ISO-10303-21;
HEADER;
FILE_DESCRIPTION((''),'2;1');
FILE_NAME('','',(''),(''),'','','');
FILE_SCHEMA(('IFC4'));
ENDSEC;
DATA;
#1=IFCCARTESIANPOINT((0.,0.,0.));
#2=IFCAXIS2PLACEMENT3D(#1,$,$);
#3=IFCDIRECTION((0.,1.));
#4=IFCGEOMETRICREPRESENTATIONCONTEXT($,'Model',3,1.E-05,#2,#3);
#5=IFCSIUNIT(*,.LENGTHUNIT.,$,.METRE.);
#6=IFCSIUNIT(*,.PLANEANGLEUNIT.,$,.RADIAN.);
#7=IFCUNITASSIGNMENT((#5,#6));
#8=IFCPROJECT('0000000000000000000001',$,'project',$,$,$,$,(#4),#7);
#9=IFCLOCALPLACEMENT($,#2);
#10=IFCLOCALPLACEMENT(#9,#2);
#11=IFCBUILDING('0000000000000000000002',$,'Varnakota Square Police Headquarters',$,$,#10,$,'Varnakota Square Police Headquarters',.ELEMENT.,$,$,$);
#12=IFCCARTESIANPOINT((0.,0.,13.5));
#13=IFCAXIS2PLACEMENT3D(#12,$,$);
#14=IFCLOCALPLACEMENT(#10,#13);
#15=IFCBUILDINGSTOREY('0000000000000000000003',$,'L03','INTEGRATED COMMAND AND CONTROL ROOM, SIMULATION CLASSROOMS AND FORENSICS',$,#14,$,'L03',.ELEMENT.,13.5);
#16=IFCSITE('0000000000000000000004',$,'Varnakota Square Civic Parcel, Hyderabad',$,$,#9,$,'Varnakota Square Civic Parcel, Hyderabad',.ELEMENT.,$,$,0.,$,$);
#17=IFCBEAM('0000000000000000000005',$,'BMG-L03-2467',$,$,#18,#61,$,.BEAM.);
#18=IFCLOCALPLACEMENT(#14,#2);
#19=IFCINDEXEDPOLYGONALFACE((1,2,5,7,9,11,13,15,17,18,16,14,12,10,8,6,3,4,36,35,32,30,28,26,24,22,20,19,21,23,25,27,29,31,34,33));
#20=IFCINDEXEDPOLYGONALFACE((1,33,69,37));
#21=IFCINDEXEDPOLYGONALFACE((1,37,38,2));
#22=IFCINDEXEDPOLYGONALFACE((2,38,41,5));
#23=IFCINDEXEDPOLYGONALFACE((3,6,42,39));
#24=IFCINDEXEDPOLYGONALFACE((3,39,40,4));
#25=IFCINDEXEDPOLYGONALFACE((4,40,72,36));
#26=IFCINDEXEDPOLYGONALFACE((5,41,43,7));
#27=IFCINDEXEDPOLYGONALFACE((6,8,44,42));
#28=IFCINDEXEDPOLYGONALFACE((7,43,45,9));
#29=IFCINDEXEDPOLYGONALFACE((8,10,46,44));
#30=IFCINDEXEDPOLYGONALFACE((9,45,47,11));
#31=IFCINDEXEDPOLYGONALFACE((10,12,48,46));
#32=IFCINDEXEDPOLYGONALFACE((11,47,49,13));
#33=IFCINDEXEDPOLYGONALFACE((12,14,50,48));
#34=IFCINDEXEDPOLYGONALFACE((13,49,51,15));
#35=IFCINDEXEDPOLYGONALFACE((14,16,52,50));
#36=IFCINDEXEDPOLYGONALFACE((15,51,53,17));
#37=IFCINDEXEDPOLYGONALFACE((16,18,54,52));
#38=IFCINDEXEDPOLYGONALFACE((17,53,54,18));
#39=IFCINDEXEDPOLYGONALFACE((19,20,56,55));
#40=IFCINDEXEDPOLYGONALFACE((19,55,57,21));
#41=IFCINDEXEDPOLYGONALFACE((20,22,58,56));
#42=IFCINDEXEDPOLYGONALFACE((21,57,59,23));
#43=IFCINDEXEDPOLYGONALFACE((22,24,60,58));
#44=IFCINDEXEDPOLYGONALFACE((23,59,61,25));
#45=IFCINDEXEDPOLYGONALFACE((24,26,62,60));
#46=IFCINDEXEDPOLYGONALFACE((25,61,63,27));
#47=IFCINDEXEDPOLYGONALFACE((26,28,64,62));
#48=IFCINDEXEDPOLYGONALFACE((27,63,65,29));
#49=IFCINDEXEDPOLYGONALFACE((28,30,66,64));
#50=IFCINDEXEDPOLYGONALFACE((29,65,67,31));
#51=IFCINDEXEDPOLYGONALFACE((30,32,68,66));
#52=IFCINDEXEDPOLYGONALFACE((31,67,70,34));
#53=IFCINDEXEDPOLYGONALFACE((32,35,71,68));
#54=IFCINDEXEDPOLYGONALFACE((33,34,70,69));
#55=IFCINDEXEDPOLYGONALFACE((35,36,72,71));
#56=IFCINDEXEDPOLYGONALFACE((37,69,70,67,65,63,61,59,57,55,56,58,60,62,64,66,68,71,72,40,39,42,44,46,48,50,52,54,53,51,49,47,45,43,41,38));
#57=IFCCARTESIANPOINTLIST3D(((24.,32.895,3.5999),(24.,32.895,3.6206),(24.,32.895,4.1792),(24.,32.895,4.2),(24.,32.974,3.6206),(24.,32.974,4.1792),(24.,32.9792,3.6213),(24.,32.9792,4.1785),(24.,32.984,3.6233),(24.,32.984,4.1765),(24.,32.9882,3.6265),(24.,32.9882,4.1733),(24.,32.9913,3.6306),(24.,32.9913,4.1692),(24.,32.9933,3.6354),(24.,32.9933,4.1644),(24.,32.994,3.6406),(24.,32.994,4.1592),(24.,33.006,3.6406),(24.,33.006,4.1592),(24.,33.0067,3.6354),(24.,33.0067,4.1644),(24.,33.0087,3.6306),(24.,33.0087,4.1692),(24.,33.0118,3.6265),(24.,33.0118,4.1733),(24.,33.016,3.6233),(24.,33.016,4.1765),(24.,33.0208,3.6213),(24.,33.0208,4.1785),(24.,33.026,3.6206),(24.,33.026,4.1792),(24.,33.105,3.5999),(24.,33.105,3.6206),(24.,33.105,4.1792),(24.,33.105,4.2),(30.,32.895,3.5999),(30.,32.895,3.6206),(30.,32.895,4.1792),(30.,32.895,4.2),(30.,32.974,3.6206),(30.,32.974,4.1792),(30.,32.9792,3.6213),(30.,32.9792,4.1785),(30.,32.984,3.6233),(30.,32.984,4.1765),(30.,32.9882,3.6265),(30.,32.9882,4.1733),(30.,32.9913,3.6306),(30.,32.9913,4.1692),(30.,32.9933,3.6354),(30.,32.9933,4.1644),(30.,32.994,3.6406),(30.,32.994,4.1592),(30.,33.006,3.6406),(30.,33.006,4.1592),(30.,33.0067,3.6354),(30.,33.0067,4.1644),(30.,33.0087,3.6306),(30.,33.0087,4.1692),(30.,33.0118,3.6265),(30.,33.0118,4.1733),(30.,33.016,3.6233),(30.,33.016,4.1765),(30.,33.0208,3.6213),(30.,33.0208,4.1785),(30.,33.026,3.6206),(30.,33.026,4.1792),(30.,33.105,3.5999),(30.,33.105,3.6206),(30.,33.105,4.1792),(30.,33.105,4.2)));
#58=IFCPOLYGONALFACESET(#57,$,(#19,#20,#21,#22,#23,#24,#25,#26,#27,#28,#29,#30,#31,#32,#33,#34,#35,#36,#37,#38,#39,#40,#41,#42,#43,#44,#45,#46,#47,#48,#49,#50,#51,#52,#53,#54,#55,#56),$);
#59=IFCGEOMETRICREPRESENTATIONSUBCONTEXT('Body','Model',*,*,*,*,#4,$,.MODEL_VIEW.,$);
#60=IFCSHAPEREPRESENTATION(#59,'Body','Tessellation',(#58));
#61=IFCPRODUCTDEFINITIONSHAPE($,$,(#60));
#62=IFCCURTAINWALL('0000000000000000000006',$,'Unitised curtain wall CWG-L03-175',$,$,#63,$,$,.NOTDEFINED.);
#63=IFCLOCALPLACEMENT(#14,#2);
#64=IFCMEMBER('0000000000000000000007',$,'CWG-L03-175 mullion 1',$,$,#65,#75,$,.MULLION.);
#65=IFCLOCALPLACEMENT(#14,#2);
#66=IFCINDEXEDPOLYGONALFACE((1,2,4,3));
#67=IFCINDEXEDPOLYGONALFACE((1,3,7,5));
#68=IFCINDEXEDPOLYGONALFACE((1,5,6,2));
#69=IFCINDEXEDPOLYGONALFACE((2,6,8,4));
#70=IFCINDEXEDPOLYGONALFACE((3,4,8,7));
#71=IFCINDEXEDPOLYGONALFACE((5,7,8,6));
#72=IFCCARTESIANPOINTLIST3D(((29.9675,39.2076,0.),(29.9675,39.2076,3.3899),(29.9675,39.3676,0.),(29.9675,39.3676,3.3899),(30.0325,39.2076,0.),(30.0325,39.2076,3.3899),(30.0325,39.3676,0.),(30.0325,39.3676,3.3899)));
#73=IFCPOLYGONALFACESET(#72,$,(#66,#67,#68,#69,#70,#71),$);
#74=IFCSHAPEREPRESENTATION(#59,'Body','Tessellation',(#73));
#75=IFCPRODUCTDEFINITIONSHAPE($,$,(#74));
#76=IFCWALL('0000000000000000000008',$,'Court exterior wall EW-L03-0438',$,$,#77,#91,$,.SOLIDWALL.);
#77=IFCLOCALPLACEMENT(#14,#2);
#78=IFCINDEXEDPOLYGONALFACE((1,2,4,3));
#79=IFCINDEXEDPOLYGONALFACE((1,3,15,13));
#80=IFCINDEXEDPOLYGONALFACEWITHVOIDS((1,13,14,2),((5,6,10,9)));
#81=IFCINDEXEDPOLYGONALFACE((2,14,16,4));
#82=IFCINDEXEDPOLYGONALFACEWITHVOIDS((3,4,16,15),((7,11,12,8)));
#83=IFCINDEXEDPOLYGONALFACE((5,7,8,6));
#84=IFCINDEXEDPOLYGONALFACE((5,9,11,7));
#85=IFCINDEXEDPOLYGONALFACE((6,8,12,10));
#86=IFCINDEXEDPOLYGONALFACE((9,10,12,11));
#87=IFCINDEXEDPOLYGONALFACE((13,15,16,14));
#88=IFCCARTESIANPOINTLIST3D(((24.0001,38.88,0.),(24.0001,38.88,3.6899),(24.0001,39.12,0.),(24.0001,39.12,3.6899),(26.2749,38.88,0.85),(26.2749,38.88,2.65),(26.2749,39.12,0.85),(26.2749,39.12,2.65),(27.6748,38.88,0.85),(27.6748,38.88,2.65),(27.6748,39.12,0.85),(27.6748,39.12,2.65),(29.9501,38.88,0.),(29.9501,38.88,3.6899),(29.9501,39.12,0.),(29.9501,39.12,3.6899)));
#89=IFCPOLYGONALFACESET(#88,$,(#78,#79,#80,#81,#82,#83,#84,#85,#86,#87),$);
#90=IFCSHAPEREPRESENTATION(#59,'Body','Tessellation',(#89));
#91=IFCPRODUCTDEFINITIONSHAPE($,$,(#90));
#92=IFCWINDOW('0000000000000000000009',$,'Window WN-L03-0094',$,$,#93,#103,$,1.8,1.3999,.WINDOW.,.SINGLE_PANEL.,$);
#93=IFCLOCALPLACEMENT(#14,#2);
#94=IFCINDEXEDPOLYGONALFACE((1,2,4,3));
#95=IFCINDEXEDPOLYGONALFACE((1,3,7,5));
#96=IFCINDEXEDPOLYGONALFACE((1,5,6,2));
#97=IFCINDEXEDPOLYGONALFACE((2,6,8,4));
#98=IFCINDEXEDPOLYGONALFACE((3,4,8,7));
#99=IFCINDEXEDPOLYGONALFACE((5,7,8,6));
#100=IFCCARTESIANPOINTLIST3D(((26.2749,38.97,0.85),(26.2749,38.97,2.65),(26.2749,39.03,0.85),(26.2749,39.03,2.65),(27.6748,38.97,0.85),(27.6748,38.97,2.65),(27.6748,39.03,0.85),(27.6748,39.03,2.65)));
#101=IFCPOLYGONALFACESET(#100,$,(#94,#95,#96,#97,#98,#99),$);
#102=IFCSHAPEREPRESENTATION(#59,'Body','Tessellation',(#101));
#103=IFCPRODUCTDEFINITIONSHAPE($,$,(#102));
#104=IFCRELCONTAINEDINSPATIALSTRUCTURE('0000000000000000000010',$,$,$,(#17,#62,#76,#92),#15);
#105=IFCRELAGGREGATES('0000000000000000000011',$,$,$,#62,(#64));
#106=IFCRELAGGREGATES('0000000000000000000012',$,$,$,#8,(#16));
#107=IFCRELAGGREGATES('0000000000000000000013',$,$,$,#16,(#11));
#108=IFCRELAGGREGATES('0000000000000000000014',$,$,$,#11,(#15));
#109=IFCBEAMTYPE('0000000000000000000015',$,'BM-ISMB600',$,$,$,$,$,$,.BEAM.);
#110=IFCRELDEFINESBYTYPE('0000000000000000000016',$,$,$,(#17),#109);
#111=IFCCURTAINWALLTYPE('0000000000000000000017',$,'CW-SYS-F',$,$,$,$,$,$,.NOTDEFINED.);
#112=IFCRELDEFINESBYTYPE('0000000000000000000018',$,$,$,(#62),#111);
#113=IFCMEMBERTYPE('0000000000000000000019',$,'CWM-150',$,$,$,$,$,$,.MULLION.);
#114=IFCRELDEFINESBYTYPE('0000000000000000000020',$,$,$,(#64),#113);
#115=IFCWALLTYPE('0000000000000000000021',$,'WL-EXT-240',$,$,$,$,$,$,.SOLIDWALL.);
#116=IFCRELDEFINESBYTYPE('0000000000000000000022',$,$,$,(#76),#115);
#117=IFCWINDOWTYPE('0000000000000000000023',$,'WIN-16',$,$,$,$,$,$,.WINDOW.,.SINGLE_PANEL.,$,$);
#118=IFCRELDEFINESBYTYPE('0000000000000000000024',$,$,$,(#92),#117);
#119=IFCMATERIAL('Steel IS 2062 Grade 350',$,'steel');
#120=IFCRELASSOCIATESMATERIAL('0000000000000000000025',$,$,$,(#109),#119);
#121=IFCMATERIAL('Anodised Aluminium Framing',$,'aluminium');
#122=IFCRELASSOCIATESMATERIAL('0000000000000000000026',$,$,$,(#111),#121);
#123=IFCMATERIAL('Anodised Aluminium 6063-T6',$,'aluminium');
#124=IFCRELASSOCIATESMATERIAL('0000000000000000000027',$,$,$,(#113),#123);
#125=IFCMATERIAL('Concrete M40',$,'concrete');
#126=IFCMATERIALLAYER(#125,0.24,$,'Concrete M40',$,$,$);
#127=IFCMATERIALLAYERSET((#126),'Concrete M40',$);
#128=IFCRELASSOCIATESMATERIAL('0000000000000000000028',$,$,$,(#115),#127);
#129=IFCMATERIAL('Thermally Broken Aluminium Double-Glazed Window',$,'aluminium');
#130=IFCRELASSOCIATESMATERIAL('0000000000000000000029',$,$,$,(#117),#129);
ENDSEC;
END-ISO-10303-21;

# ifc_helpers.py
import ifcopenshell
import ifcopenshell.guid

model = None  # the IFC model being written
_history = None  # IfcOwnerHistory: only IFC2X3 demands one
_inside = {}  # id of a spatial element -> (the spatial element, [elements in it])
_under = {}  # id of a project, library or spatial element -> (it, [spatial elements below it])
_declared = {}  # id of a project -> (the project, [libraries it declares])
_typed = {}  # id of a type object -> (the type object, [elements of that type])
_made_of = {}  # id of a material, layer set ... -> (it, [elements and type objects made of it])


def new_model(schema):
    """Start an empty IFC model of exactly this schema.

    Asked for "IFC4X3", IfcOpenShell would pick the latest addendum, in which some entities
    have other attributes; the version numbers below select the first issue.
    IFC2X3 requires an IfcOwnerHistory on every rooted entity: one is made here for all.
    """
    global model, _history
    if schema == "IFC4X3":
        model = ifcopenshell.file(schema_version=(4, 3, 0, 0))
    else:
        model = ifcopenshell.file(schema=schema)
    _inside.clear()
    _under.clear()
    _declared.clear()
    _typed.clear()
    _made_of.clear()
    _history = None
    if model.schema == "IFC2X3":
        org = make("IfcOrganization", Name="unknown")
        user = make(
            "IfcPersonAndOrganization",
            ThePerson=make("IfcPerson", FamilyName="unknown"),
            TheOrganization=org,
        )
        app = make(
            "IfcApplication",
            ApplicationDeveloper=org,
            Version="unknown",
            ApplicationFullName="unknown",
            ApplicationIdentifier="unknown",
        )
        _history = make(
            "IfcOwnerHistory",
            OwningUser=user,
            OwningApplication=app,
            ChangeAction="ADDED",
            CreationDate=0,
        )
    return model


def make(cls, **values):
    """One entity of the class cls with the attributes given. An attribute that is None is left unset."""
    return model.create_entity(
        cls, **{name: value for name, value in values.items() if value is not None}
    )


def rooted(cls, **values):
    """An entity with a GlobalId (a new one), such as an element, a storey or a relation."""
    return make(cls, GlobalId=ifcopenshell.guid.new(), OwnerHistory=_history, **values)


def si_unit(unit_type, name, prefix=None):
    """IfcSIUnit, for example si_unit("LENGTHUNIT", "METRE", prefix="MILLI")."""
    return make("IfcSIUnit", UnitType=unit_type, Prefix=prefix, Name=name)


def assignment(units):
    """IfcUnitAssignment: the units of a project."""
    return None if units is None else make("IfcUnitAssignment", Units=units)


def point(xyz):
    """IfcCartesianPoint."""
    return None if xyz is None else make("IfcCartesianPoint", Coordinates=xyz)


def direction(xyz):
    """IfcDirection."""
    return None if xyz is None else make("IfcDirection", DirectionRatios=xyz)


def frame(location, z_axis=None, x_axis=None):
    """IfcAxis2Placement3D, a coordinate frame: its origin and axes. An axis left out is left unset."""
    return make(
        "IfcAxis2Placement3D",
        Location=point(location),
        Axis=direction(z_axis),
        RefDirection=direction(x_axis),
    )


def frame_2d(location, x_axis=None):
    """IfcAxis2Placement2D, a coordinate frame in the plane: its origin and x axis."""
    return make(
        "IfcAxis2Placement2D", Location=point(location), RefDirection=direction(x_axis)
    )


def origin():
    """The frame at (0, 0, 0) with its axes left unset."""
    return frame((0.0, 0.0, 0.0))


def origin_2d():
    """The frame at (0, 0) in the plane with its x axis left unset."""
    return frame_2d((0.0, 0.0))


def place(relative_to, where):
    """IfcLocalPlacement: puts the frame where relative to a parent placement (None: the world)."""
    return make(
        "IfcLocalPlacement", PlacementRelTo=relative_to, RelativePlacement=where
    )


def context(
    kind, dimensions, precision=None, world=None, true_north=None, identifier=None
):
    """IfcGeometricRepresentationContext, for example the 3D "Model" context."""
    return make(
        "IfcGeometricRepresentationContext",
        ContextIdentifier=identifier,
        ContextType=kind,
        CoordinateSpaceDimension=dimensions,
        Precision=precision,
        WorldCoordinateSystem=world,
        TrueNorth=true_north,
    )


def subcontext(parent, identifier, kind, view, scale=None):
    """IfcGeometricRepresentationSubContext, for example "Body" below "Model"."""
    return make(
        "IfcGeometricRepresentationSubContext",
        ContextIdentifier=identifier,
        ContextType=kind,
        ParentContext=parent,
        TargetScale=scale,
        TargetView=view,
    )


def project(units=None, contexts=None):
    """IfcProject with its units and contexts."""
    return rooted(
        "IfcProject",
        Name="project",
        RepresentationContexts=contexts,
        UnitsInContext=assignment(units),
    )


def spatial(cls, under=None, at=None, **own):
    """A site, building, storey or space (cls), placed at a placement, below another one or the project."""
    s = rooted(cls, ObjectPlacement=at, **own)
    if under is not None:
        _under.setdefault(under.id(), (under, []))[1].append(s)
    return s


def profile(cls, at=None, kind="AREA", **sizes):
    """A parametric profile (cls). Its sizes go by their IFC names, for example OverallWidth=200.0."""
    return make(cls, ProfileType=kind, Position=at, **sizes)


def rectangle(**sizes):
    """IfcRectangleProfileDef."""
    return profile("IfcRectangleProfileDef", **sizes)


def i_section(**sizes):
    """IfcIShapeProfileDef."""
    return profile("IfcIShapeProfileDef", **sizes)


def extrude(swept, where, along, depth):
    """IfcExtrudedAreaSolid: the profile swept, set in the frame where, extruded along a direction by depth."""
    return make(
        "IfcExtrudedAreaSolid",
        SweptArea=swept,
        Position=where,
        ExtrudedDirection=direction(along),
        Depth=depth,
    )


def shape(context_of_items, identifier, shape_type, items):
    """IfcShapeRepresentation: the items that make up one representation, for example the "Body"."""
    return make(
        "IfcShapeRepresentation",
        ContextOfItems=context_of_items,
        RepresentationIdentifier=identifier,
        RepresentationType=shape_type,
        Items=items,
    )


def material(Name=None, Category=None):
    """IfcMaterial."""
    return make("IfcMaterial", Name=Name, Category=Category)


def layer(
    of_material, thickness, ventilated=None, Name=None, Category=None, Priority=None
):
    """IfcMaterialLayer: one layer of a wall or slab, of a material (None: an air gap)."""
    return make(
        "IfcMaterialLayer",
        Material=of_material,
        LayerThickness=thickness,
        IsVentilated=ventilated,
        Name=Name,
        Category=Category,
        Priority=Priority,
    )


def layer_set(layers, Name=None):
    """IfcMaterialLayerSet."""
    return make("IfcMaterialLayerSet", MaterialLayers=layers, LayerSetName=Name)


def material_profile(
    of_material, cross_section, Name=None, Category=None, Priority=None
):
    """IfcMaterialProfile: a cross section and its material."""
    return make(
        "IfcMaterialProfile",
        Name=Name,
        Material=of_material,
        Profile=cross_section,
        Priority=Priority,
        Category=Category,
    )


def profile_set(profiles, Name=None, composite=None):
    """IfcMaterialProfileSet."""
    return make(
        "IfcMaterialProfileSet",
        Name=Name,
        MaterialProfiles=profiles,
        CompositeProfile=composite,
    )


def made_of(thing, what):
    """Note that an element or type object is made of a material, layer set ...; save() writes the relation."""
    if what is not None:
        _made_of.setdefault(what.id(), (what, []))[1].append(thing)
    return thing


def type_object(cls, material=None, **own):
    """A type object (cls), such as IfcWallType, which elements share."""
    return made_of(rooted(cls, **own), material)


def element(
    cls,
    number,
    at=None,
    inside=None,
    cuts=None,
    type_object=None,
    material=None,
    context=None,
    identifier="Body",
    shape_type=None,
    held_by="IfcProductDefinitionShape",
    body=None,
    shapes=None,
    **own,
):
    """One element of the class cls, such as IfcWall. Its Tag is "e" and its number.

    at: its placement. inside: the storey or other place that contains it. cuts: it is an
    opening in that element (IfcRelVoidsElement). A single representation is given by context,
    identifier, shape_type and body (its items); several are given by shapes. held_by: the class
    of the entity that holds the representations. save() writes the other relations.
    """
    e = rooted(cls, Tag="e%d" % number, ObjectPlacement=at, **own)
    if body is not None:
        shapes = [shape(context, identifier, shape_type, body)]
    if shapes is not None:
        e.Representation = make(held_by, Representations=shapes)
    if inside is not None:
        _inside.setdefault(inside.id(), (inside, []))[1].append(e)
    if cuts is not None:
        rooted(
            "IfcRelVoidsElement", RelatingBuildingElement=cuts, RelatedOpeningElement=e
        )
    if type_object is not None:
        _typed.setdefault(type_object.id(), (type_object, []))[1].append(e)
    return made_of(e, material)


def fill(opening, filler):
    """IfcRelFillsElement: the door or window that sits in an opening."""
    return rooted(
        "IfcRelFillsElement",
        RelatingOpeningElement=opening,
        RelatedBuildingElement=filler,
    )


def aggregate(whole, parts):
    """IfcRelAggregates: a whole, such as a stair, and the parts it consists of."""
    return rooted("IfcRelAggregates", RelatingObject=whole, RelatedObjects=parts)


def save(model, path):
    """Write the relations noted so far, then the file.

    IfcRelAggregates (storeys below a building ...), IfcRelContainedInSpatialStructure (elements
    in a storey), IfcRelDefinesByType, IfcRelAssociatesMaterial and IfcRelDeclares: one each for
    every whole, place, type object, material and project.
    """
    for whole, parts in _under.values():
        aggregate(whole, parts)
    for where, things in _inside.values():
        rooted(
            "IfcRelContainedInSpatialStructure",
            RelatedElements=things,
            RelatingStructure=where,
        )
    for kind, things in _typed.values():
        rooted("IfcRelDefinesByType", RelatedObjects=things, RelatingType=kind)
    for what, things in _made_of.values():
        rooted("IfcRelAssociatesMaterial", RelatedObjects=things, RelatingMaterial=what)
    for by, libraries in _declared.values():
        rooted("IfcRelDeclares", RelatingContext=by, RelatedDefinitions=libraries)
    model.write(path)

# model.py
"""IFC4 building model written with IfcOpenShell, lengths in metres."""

from ifc_helpers import new_model, si_unit, direction, frame, frame_2d, origin, origin_2d, place, context, subcontext, project, spatial, rectangle, i_section, extrude, material, layer, layer_set, material_profile, profile_set, type_object, element, fill, aggregate, save


model = new_model("IFC4")

# Units and contexts
model_context = context("Model", 3, precision=1e-05, world=origin(), true_north=direction((0.0, 1.0)))
body_context = subcontext(model_context, "Body", "Model", "MODEL_VIEW")
ifc_project = project(units=[si_unit("LENGTHUNIT", "METRE"), si_unit("PLANEANGLEUNIT", "RADIAN")], contexts=[model_context])

# Site, building, storey
site_placement = place(None, origin())
site = spatial("IfcSite", under=ifc_project, at=site_placement, Name="Varnakota Square Civic Parcel, Hyderabad", LongName="Varnakota Square Civic Parcel, Hyderabad", CompositionType="ELEMENT", RefElevation=0.0)
building_placement = place(site_placement, origin())
building = spatial("IfcBuilding", under=site, at=building_placement, Name="Varnakota Square Police Headquarters", LongName="Varnakota Square Police Headquarters", CompositionType="ELEMENT")
storey_placement = place(building_placement, frame((0.0, 0.0, 13.5)))
storey = spatial("IfcBuildingStorey", under=building, at=storey_placement, Name="L03", Description="INTEGRATED COMMAND AND CONTROL ROOM, SIMULATION CLASSROOMS AND FORENSICS", LongName="L03", CompositionType="ELEMENT", Elevation=13.5)

# Shared definitions
ifc_material_1 = material(Name="Steel IS 2062 Grade 350", Category="steel")

# Beam
ifc_material_profile_1 = material_profile(ifc_material_1, i_section(OverallWidth=0.21, OverallDepth=0.6001, WebThickness=0.012, FlangeThickness=0.0208, FilletRadius=0.02, at=origin_2d()), Name="ISMB 600")
ifc_profile_set_1 = profile_set([ifc_material_profile_1], Name="Steel IS 2062 Grade 350")
beam_type_1 = type_object("IfcBeamType", Name="BM-ISMB600", PredefinedType="BEAM", material=ifc_profile_set_1)
beam_1_placement = place(storey_placement, frame((24.0, 33.0, 3.8999), z_axis=(1.0, 0.0, 0.0), x_axis=(0.0, 1.0, 0.0)))
element("IfcBeam", 1, at=beam_1_placement, inside=storey, type_object=beam_type_1, Name="BMG-L03-2467", PredefinedType="BEAM", context=body_context, shape_type="SweptSolid", body=[
    extrude(i_section(OverallWidth=0.21, OverallDepth=0.6001, WebThickness=0.012, FlangeThickness=0.0208, FilletRadius=0.02, at=origin_2d()), origin(), (0.0, 0.0, 1.0), 6.0),
])

# Curtain wall, member
ifc_material_2 = material(Name="Anodised Aluminium Framing", Category="aluminium")
curtain_wall_type = type_object("IfcCurtainWallType", Name="CW-SYS-F", PredefinedType="NOTDEFINED", material=ifc_material_2)
curtain_wall_placement = place(storey_placement, origin())
curtain_wall = element("IfcCurtainWall", 2, at=curtain_wall_placement, inside=storey, type_object=curtain_wall_type, Name="Unitised curtain wall CWG-L03-175", PredefinedType="NOTDEFINED")
ifc_material_3 = material(Name="Anodised Aluminium 6063-T6", Category="aluminium")
ifc_material_profile_2 = material_profile(ifc_material_3, rectangle(XDim=0.0649, YDim=0.1599, at=origin_2d()), Name="ALU MULLION 65x160")
ifc_profile_set_2 = profile_set([ifc_material_profile_2], Name="Anodised Aluminium 6063-T6")
member_type = type_object("IfcMemberType", Name="CWM-150", PredefinedType="MULLION", material=ifc_profile_set_2)
member_placement = place(storey_placement, frame((30.0, 39.2876, 0.0), z_axis=(0.0, 0.0, 1.0), x_axis=(-1.0, 0.0, 0.0)))
member = element("IfcMember", 3, at=member_placement, type_object=member_type, Name="CWG-L03-175 mullion 1", PredefinedType="MULLION", context=body_context, shape_type="SweptSolid", body=[
    extrude(rectangle(XDim=0.0649, YDim=0.1599, at=origin_2d()), origin(), (0.0, 0.0, 1.0), 3.3899),
])
aggregate(curtain_wall, [member])

# Wall, opening, window
ifc_material_4 = material(Name="Concrete M40", Category="concrete")
ifc_layer = layer(ifc_material_4, 0.24, Name="Concrete M40")
ifc_layer_set = layer_set([ifc_layer], Name="Concrete M40")
wall_type = type_object("IfcWallType", Name="WL-EXT-240", PredefinedType="SOLIDWALL", material=ifc_layer_set)
wall_placement = place(storey_placement, frame((24.0, 39.0, 0.0), z_axis=(0.0, 0.0, 1.0), x_axis=(1.0, 0.0, 0.0)))
wall = element("IfcWall", 4, at=wall_placement, inside=storey, type_object=wall_type, Name="Court exterior wall EW-L03-0438", PredefinedType="SOLIDWALL", context=body_context, shape_type="SweptSolid", body=[
    extrude(rectangle(XDim=5.95, YDim=0.24, at=frame_2d((2.9751, 0.0))), origin(), (0.0, 0.0, 1.0), 3.6899),
])
opening_placement = place(wall_placement, frame((2.2749, 0.0, 0.8501)))
opening = element("IfcOpeningElement", 5, at=opening_placement, cuts=wall, PredefinedType="OPENING", context=body_context, shape_type="SweptSolid", body=[
    extrude(rectangle(XDim=1.3999, YDim=1.8, at=frame_2d((0.7, 0.8999))), frame((0.0, 0.1299, 0.0), z_axis=(0.0, -1.0, 0.0), x_axis=(1.0, 0.0, 0.0)), (0.0, 0.0, 1.0), 0.26),
])
ifc_material_5 = material(Name="Thermally Broken Aluminium Double-Glazed Window", Category="aluminium")
window_type = type_object("IfcWindowType", Name="WIN-16", PartitioningType="SINGLE_PANEL", PredefinedType="WINDOW", material=ifc_material_5)
window_placement = place(opening_placement, origin())
window = element("IfcWindow", 6, at=window_placement, inside=storey, type_object=window_type, Name="Window WN-L03-0094", OverallHeight=1.8, OverallWidth=1.3999, PartitioningType="SINGLE_PANEL", PredefinedType="WINDOW", context=body_context, shape_type="SweptSolid", body=[
    extrude(rectangle(XDim=1.3999, YDim=1.8, at=frame_2d((0.7, 0.8999))), frame((0.0, 0.03, 0.0), z_axis=(0.0, -1.0, 0.0), x_axis=(1.0, 0.0, 0.0)), (0.0, 0.0, 1.0), 0.0601),
])
fill(opening, window)

save(model, "model.ifc")
